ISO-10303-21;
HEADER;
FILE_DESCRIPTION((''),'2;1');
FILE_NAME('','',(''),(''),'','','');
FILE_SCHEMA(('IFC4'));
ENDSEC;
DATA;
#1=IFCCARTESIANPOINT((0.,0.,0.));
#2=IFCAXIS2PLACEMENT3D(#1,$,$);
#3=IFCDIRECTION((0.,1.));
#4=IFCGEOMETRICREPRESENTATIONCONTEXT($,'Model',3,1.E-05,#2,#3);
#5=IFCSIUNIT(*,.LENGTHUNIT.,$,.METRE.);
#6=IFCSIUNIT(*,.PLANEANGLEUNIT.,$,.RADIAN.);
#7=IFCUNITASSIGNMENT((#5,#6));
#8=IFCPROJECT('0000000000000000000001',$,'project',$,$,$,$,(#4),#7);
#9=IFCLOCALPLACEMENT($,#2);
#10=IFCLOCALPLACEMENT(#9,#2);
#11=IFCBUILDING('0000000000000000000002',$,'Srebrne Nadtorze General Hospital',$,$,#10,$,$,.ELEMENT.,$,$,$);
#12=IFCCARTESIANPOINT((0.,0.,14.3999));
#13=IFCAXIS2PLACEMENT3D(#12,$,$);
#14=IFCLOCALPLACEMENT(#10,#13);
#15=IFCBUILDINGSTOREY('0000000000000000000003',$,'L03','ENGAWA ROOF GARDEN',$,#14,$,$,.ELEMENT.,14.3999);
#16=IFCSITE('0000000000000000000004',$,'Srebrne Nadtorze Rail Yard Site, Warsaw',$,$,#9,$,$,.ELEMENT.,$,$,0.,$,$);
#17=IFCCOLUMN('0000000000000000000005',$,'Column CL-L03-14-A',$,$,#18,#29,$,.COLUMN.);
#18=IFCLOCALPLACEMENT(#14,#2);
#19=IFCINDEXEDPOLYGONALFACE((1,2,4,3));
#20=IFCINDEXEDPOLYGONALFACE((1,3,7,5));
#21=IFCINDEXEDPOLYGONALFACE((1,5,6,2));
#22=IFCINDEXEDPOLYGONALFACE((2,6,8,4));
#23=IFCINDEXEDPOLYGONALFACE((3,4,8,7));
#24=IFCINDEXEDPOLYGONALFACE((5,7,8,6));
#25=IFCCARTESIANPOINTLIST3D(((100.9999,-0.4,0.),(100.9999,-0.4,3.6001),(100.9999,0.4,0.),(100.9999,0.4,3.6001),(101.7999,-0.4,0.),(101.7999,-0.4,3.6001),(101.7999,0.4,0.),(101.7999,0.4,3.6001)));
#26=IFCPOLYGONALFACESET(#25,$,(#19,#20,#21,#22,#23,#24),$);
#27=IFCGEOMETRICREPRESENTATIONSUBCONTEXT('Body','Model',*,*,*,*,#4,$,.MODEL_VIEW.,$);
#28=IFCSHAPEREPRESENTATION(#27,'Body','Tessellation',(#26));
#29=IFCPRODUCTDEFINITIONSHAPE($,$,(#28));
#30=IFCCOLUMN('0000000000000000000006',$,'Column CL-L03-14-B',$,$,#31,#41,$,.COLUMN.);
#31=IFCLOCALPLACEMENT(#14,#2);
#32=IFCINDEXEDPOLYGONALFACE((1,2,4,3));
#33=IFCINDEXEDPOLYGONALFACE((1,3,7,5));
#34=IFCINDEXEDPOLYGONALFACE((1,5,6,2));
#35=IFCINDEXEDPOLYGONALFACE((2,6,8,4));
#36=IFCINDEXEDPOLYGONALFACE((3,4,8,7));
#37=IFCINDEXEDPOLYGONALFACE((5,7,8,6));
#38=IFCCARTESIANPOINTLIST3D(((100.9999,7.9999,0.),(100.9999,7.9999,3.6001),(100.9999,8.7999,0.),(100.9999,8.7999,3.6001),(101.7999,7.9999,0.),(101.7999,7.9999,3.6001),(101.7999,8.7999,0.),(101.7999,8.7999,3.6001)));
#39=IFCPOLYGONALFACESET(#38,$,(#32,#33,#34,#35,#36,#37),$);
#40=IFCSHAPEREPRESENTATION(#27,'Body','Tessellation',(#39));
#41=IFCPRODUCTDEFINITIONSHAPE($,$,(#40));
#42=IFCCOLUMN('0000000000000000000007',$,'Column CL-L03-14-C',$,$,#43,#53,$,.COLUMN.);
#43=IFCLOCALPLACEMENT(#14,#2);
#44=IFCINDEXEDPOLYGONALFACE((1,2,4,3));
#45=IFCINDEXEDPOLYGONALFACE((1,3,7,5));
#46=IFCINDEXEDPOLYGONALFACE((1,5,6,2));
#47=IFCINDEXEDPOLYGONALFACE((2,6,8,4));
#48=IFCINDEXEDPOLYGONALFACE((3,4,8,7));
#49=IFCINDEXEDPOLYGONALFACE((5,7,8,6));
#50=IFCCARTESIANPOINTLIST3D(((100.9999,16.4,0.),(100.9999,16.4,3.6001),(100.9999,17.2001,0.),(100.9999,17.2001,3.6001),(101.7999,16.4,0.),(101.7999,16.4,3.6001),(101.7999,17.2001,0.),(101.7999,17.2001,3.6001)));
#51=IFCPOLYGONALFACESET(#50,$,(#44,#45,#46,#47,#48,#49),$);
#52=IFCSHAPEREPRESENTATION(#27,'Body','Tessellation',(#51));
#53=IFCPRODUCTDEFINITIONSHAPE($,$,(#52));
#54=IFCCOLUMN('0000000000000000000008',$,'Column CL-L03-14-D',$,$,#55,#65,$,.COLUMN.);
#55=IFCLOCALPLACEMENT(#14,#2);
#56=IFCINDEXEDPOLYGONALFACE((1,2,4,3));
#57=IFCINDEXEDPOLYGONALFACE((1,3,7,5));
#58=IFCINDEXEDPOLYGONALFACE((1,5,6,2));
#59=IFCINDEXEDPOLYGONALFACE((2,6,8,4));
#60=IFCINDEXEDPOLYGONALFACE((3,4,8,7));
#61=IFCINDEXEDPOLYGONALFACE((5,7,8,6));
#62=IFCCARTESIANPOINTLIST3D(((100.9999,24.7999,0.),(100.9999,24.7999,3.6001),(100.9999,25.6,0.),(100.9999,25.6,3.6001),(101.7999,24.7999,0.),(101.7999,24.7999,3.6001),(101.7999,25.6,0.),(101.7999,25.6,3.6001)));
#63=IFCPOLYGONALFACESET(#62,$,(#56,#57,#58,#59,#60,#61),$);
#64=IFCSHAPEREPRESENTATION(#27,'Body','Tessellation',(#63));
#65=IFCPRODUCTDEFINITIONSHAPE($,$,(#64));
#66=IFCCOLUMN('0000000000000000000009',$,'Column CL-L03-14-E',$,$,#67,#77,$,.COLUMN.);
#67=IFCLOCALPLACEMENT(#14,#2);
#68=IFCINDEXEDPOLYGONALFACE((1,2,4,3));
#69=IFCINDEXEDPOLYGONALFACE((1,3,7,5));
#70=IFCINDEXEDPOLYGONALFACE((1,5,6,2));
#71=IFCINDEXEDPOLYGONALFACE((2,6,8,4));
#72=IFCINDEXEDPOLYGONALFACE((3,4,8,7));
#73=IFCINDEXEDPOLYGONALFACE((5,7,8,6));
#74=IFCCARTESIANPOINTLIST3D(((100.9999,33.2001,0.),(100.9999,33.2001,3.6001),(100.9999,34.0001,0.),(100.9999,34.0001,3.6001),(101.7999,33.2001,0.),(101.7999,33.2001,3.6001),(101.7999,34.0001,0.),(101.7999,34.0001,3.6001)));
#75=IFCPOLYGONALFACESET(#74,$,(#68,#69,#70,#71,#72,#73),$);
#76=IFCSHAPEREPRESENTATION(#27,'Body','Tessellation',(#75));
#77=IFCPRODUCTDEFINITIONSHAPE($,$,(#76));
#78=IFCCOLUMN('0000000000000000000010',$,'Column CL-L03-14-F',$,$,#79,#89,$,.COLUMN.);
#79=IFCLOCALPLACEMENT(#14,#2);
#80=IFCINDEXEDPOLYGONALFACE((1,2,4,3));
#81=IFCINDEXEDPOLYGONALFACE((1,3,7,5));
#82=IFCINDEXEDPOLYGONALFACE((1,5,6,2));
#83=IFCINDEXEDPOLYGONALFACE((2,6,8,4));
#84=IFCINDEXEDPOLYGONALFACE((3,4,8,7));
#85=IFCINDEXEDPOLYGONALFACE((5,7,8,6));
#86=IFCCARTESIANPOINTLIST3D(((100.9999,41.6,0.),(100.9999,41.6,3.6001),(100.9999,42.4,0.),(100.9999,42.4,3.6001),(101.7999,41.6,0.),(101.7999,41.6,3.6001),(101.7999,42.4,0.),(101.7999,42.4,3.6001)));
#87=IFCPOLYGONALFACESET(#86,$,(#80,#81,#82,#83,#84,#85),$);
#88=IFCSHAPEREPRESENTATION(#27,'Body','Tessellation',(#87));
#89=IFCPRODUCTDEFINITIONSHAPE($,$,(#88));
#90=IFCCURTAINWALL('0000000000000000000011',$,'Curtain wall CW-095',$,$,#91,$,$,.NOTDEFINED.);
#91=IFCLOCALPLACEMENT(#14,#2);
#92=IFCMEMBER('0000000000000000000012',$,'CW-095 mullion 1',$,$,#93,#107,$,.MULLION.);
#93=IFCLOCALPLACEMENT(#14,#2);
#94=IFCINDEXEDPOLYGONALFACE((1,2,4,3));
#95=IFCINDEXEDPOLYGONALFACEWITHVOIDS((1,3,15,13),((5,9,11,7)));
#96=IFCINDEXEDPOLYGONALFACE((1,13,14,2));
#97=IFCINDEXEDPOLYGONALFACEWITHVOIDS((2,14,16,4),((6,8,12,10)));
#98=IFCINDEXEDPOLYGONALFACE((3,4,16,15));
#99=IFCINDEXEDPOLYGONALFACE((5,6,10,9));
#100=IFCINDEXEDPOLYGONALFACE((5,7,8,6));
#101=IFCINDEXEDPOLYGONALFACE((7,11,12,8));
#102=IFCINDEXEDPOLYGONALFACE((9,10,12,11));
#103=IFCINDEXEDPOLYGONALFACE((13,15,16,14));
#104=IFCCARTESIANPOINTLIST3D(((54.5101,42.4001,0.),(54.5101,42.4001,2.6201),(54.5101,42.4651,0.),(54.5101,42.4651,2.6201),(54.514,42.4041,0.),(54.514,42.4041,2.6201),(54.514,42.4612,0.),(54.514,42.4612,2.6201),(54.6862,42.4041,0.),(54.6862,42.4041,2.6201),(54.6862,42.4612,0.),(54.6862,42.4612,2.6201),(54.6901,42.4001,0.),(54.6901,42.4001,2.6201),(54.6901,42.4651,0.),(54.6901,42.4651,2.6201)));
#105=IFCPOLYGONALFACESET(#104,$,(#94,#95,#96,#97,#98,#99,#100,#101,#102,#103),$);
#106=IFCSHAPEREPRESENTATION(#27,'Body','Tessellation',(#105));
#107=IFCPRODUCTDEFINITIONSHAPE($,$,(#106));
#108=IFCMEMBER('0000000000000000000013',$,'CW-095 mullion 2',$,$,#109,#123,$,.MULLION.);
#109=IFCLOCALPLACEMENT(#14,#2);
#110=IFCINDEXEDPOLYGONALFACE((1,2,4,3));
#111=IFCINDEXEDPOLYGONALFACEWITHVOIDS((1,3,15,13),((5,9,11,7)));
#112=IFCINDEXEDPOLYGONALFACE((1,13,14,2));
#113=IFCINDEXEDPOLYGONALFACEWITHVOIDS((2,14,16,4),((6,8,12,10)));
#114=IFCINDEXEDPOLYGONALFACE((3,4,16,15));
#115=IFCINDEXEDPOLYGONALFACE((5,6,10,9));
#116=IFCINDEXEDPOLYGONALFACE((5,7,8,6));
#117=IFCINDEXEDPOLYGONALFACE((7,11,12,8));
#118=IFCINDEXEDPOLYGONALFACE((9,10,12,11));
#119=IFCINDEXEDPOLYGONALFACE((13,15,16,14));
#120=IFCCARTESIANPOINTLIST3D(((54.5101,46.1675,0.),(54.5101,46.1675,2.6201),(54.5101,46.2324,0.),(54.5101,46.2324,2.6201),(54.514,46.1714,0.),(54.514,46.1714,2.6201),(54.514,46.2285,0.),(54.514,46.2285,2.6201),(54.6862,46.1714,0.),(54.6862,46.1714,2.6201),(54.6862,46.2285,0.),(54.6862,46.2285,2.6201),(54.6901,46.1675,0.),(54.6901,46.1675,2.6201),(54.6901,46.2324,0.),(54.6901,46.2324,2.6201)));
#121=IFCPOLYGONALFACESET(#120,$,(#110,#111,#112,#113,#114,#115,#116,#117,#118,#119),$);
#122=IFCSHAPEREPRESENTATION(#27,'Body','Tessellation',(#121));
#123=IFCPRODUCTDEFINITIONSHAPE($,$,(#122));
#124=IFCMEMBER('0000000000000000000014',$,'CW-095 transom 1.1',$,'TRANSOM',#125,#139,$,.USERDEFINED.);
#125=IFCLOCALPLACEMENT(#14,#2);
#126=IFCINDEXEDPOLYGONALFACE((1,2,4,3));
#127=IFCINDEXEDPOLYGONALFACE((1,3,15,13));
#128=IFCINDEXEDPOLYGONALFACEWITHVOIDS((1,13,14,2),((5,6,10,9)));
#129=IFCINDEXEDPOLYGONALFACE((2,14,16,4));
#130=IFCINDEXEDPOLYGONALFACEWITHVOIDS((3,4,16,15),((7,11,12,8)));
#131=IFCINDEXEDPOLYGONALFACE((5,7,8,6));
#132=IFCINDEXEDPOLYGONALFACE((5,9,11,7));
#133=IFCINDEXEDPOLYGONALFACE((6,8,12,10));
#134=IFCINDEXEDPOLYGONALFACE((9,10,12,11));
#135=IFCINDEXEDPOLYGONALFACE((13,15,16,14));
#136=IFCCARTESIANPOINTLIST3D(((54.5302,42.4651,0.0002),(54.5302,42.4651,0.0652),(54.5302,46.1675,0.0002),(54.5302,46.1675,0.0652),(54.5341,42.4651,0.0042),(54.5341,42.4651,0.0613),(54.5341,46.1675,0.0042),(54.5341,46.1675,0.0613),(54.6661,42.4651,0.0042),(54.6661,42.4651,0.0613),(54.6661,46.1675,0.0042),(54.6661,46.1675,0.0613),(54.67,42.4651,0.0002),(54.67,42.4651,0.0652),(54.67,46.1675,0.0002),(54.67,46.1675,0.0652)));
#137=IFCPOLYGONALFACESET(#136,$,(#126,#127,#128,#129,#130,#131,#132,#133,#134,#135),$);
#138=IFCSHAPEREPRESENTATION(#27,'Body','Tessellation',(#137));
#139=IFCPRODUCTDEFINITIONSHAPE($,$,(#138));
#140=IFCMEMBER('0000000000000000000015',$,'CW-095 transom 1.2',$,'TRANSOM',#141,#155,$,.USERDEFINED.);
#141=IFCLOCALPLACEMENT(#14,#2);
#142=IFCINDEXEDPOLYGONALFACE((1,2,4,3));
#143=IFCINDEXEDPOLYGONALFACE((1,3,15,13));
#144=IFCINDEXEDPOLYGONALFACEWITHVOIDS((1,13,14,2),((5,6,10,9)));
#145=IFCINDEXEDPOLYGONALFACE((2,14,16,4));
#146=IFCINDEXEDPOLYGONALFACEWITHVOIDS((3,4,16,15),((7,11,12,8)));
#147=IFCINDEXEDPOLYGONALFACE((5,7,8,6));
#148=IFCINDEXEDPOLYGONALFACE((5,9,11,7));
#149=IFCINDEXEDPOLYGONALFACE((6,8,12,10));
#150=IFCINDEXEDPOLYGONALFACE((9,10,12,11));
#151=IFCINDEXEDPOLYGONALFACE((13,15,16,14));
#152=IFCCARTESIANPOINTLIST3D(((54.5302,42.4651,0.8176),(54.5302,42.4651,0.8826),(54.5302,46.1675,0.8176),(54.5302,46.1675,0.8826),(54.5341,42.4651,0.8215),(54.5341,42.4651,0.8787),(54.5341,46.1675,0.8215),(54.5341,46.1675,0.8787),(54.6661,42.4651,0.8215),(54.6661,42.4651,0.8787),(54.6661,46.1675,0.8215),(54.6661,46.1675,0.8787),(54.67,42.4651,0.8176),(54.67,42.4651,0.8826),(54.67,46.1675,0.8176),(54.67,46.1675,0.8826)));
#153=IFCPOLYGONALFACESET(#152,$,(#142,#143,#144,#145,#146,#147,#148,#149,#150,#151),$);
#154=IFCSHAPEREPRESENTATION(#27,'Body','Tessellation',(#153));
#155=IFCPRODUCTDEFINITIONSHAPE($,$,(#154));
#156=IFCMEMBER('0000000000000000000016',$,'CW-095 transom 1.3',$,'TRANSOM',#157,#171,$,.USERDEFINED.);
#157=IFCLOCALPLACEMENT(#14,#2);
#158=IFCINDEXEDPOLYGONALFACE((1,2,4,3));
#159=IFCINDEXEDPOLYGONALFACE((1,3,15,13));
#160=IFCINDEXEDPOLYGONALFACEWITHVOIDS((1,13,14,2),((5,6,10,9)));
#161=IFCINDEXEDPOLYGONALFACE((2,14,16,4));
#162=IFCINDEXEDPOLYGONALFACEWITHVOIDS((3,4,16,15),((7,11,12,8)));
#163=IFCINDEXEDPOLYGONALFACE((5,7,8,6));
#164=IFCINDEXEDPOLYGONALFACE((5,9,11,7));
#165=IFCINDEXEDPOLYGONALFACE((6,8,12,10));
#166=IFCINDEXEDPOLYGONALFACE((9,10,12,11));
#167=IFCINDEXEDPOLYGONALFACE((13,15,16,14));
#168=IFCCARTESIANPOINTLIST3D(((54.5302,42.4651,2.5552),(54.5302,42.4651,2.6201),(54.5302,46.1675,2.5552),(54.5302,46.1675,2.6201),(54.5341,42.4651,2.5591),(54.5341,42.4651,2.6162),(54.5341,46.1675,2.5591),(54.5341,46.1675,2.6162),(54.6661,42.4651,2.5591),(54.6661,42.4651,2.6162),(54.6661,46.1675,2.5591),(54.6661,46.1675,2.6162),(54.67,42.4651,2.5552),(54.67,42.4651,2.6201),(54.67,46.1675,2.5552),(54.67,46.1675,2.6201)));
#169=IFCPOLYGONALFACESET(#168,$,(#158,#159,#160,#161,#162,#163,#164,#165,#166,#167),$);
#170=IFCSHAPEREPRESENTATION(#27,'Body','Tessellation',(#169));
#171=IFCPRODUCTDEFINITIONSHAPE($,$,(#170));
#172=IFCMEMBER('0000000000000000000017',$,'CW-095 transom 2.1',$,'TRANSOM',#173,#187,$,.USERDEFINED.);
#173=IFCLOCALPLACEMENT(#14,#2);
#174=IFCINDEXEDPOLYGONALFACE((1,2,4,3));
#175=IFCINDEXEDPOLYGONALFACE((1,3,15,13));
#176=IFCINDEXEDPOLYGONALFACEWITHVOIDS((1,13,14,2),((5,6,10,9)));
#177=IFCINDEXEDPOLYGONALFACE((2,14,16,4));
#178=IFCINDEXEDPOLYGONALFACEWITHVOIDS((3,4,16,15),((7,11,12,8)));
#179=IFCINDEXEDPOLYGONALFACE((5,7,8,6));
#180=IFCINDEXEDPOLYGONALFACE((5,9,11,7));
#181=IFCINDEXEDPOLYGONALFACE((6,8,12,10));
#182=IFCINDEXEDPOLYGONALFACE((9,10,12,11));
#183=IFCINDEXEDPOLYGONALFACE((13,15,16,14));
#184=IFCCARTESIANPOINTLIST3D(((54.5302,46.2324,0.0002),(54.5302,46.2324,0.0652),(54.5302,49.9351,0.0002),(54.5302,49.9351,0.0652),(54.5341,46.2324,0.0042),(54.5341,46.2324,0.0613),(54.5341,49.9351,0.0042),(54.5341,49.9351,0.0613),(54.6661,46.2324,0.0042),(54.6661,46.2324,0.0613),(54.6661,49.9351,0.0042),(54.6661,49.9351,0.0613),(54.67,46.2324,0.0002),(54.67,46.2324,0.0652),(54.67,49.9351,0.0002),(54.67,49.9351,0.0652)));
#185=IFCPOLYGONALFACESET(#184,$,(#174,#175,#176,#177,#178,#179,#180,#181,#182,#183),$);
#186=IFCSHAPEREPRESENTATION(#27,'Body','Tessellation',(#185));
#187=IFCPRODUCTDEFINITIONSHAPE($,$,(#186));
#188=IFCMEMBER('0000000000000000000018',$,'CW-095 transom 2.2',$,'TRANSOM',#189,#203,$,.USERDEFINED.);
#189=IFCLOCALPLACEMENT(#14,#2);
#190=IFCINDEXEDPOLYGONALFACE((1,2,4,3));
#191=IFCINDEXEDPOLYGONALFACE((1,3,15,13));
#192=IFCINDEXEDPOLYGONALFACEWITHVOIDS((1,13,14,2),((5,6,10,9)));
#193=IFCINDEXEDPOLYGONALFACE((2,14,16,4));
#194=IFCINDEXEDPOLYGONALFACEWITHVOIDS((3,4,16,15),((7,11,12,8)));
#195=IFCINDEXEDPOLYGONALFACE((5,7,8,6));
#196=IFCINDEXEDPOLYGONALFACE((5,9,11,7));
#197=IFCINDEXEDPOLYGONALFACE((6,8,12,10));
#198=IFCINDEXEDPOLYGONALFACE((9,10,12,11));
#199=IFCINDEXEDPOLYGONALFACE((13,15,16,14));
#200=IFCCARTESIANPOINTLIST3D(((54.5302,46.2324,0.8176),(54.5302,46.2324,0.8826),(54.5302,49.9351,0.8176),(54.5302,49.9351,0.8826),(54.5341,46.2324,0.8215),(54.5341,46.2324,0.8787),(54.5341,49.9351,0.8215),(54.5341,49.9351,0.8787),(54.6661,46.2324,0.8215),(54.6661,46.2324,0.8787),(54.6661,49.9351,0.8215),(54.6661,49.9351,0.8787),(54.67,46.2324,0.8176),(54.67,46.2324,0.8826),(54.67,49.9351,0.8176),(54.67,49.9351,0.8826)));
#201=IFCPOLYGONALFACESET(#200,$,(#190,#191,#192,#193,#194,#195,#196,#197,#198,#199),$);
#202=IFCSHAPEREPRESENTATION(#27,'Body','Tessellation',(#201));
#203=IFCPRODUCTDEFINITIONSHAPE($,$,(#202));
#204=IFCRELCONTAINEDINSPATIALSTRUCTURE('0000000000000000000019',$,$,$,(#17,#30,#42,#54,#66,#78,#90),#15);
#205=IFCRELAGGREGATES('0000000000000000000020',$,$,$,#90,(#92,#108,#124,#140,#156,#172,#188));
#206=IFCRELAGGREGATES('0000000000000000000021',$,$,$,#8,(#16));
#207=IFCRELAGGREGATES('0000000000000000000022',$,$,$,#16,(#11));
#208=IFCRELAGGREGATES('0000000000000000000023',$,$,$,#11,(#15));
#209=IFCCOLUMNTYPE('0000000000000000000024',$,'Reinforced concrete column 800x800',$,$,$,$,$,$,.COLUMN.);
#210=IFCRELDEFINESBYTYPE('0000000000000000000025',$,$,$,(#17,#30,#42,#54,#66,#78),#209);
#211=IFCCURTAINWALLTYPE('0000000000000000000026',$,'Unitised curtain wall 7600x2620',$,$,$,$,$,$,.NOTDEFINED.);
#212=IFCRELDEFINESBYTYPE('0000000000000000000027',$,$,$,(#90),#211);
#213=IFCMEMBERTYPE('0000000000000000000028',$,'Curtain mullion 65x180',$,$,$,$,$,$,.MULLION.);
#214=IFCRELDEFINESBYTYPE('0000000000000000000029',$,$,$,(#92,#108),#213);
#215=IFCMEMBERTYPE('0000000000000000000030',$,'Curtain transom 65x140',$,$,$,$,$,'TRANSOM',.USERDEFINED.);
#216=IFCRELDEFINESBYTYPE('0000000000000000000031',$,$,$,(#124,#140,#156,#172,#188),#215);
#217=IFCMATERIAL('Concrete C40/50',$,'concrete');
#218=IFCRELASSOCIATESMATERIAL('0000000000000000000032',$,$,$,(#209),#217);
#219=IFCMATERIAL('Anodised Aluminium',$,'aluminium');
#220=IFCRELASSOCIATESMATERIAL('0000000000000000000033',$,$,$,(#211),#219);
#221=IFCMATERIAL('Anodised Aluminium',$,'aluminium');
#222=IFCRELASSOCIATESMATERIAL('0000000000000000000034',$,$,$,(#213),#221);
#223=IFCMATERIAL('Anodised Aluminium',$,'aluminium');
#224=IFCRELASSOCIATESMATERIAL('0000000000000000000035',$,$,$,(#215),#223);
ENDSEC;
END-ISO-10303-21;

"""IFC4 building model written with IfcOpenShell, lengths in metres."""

from ifc_helpers import new_model, si_unit, direction, frame, origin, origin_2d, place, context, subcontext, project, spatial, rectangle, hollow_rectangle, extrude, material, material_profile, profile_set, type_object, element, aggregate, save


model = new_model("IFC4")

# Units and contexts
model_context = context("Model", 3, precision=1e-05, world=origin(), true_north=direction((0.0, 1.0)))
body_context = subcontext(model_context, "Body", "Model", "MODEL_VIEW")
ifc_project = project(units=[si_unit("LENGTHUNIT", "METRE"), si_unit("PLANEANGLEUNIT", "RADIAN")], contexts=[model_context])

# Site, building, storey
site_placement = place(None, origin())
site = spatial("IfcSite", under=ifc_project, at=site_placement, Name="Srebrne Nadtorze Rail Yard Site, Warsaw", CompositionType="ELEMENT", RefElevation=0.0)
building_placement = place(site_placement, origin())
building = spatial("IfcBuilding", under=site, at=building_placement, Name="Srebrne Nadtorze General Hospital", CompositionType="ELEMENT")
storey_placement = place(building_placement, frame((0.0, 0.0, 14.3999)))
storey = spatial("IfcBuildingStorey", under=building, at=storey_placement, Name="L03", Description="ENGAWA ROOF GARDEN", CompositionType="ELEMENT", Elevation=14.3999)

# Columns
ifc_material_1 = material(Name="Concrete C40/50", Category="concrete")
ifc_material_profile_1 = material_profile(ifc_material_1, rectangle(XDim=0.8, YDim=0.8, at=origin_2d()), Name="RC-COL-800x800")
ifc_profile_set_1 = profile_set([ifc_material_profile_1], Name="Concrete C40/50")
column_type = type_object("IfcColumnType", Name="Reinforced concrete column 800x800", PredefinedType="COLUMN", material=ifc_profile_set_1)
for number, where, z_axis, x_axis, name in (
    (1, (101.3999, 0.0, 0.0), (0.0, 0.0, 1.0), (1.0, 0.0, 0.0), "Column CL-L03-14-A"),
    (2, (101.3999, 8.3999, 0.0), (0.0, 0.0, 1.0), (1.0, 0.0, 0.0), "Column CL-L03-14-B"),
    (3, (101.3999, 16.8, 0.0), (0.0, 0.0, 1.0), (1.0, 0.0, 0.0), "Column CL-L03-14-C"),
    (4, (101.3999, 25.2, 0.0), (0.0, 0.0, 1.0), (1.0, 0.0, 0.0), "Column CL-L03-14-D"),
    (5, (101.3999, 33.6001, 0.0), (0.0, 0.0, 1.0), (1.0, 0.0, 0.0), "Column CL-L03-14-E"),
    (6, (101.3999, 42.0, 0.0), (0.0, 0.0, 1.0), (1.0, 0.0, 0.0), "Column CL-L03-14-F"),
):
    element("IfcColumn", number, at=place(storey_placement, frame(where, z_axis=z_axis, x_axis=x_axis)), inside=storey, type_object=column_type, Name=name, PredefinedType="COLUMN", context=body_context, shape_type="SweptSolid", body=[
        extrude(rectangle(XDim=0.8, YDim=0.8, at=origin_2d()), origin(), (0.0, 0.0, 1.0), 3.6001),
    ])

# Curtain wall, members
ifc_material_2 = material(Name="Anodised Aluminium", Category="aluminium")
curtain_wall_type = type_object("IfcCurtainWallType", Name="Unitised curtain wall 7600x2620", PredefinedType="NOTDEFINED", material=ifc_material_2)
curtain_wall_placement = place(storey_placement, origin())
curtain_wall = element("IfcCurtainWall", 7, at=curtain_wall_placement, inside=storey, type_object=curtain_wall_type, Name="Curtain wall CW-095", PredefinedType="NOTDEFINED")
ifc_material_3 = material(Name="Anodised Aluminium", Category="aluminium")
ifc_material_profile_2 = material_profile(ifc_material_3, hollow_rectangle(XDim=0.0649, YDim=0.1799, WallThickness=0.0039, at=origin_2d()), Name="AL-MUL-65x180")
ifc_profile_set_2 = profile_set([ifc_material_profile_2], Name="Anodised Aluminium")
member_type_1 = type_object("IfcMemberType", Name="Curtain mullion 65x180", PredefinedType="MULLION", material=ifc_profile_set_2)
member_1_placement = place(storey_placement, frame((54.6001, 42.4326, 0.0), z_axis=(0.0, 0.0, 1.0), x_axis=(0.0, 1.0, 0.0)))
member_1 = element("IfcMember", 8, at=member_1_placement, type_object=member_type_1, Name="CW-095 mullion 1", PredefinedType="MULLION", context=body_context, shape_type="SweptSolid", body=[
    extrude(hollow_rectangle(XDim=0.0649, YDim=0.1799, WallThickness=0.0039, at=origin_2d()), origin(), (0.0, 0.0, 1.0), 2.6201),
])
member_2_placement = place(storey_placement, frame((54.6001, 46.2, 0.0), z_axis=(0.0, 0.0, 1.0), x_axis=(0.0, 1.0, 0.0)))
member_2 = element("IfcMember", 9, at=member_2_placement, type_object=member_type_1, Name="CW-095 mullion 2", PredefinedType="MULLION", context=body_context, shape_type="SweptSolid", body=[
    extrude(hollow_rectangle(XDim=0.0649, YDim=0.1799, WallThickness=0.0039, at=origin_2d()), origin(), (0.0, 0.0, 1.0), 2.6201),
])
ifc_material_4 = material(Name="Anodised Aluminium", Category="aluminium")
ifc_material_profile_3 = material_profile(ifc_material_4, hollow_rectangle(XDim=0.0649, YDim=0.1399, WallThickness=0.0039, at=origin_2d()), Name="AL-TRN-65x140")
ifc_profile_set_3 = profile_set([ifc_material_profile_3], Name="Anodised Aluminium")
member_type_2 = type_object("IfcMemberType", Name="Curtain transom 65x140", ElementType="TRANSOM", PredefinedType="USERDEFINED", material=ifc_profile_set_3)
member_3_placement = place(storey_placement, frame((54.6001, 42.4651, 0.0327), z_axis=(0.0, 1.0, 0.0), x_axis=(0.0, 0.0, 1.0)))
member_3 = element("IfcMember", 10, at=member_3_placement, type_object=member_type_2, Name="CW-095 transom 1.1", ObjectType="TRANSOM", PredefinedType="USERDEFINED", context=body_context, shape_type="SweptSolid", body=[
    extrude(hollow_rectangle(XDim=0.0649, YDim=0.1399, WallThickness=0.0039, at=origin_2d()), origin(), (0.0, 0.0, 1.0), 3.7024),
])
member_4_placement = place(storey_placement, frame((54.6001, 42.4651, 0.8501), z_axis=(0.0, 1.0, 0.0), x_axis=(0.0, 0.0, 1.0)))
member_4 = element("IfcMember", 11, at=member_4_placement, type_object=member_type_2, Name="CW-095 transom 1.2", ObjectType="TRANSOM", PredefinedType="USERDEFINED", context=body_context, shape_type="SweptSolid", body=[
    extrude(hollow_rectangle(XDim=0.0649, YDim=0.1399, WallThickness=0.0039, at=origin_2d()), origin(), (0.0, 0.0, 1.0), 3.7024),
])
member_5_placement = place(storey_placement, frame((54.6001, 42.4651, 2.5876), z_axis=(0.0, 1.0, 0.0), x_axis=(0.0, 0.0, 1.0)))
member_5 = element("IfcMember", 12, at=member_5_placement, type_object=member_type_2, Name="CW-095 transom 1.3", ObjectType="TRANSOM", PredefinedType="USERDEFINED", context=body_context, shape_type="SweptSolid", body=[
    extrude(hollow_rectangle(XDim=0.0649, YDim=0.1399, WallThickness=0.0039, at=origin_2d()), origin(), (0.0, 0.0, 1.0), 3.7024),
])
member_6_placement = place(storey_placement, frame((54.6001, 46.2324, 0.0327), z_axis=(0.0, 1.0, 0.0), x_axis=(0.0, 0.0, 1.0)))
member_6 = element("IfcMember", 13, at=member_6_placement, type_object=member_type_2, Name="CW-095 transom 2.1", ObjectType="TRANSOM", PredefinedType="USERDEFINED", context=body_context, shape_type="SweptSolid", body=[
    extrude(hollow_rectangle(XDim=0.0649, YDim=0.1399, WallThickness=0.0039, at=origin_2d()), origin(), (0.0, 0.0, 1.0), 3.7026),
])
member_7_placement = place(storey_placement, frame((54.6001, 46.2324, 0.8501), z_axis=(0.0, 1.0, 0.0), x_axis=(0.0, 0.0, 1.0)))
member_7 = element("IfcMember", 14, at=member_7_placement, type_object=member_type_2, Name="CW-095 transom 2.2", ObjectType="TRANSOM", PredefinedType="USERDEFINED", context=body_context, shape_type="SweptSolid", body=[
    extrude(hollow_rectangle(XDim=0.0649, YDim=0.1399, WallThickness=0.0039, at=origin_2d()), origin(), (0.0, 0.0, 1.0), 3.7026),
])

aggregate(curtain_wall, [member_1, member_2, member_3, member_4, member_5, member_6, member_7])

save(model, "model.ifc")
